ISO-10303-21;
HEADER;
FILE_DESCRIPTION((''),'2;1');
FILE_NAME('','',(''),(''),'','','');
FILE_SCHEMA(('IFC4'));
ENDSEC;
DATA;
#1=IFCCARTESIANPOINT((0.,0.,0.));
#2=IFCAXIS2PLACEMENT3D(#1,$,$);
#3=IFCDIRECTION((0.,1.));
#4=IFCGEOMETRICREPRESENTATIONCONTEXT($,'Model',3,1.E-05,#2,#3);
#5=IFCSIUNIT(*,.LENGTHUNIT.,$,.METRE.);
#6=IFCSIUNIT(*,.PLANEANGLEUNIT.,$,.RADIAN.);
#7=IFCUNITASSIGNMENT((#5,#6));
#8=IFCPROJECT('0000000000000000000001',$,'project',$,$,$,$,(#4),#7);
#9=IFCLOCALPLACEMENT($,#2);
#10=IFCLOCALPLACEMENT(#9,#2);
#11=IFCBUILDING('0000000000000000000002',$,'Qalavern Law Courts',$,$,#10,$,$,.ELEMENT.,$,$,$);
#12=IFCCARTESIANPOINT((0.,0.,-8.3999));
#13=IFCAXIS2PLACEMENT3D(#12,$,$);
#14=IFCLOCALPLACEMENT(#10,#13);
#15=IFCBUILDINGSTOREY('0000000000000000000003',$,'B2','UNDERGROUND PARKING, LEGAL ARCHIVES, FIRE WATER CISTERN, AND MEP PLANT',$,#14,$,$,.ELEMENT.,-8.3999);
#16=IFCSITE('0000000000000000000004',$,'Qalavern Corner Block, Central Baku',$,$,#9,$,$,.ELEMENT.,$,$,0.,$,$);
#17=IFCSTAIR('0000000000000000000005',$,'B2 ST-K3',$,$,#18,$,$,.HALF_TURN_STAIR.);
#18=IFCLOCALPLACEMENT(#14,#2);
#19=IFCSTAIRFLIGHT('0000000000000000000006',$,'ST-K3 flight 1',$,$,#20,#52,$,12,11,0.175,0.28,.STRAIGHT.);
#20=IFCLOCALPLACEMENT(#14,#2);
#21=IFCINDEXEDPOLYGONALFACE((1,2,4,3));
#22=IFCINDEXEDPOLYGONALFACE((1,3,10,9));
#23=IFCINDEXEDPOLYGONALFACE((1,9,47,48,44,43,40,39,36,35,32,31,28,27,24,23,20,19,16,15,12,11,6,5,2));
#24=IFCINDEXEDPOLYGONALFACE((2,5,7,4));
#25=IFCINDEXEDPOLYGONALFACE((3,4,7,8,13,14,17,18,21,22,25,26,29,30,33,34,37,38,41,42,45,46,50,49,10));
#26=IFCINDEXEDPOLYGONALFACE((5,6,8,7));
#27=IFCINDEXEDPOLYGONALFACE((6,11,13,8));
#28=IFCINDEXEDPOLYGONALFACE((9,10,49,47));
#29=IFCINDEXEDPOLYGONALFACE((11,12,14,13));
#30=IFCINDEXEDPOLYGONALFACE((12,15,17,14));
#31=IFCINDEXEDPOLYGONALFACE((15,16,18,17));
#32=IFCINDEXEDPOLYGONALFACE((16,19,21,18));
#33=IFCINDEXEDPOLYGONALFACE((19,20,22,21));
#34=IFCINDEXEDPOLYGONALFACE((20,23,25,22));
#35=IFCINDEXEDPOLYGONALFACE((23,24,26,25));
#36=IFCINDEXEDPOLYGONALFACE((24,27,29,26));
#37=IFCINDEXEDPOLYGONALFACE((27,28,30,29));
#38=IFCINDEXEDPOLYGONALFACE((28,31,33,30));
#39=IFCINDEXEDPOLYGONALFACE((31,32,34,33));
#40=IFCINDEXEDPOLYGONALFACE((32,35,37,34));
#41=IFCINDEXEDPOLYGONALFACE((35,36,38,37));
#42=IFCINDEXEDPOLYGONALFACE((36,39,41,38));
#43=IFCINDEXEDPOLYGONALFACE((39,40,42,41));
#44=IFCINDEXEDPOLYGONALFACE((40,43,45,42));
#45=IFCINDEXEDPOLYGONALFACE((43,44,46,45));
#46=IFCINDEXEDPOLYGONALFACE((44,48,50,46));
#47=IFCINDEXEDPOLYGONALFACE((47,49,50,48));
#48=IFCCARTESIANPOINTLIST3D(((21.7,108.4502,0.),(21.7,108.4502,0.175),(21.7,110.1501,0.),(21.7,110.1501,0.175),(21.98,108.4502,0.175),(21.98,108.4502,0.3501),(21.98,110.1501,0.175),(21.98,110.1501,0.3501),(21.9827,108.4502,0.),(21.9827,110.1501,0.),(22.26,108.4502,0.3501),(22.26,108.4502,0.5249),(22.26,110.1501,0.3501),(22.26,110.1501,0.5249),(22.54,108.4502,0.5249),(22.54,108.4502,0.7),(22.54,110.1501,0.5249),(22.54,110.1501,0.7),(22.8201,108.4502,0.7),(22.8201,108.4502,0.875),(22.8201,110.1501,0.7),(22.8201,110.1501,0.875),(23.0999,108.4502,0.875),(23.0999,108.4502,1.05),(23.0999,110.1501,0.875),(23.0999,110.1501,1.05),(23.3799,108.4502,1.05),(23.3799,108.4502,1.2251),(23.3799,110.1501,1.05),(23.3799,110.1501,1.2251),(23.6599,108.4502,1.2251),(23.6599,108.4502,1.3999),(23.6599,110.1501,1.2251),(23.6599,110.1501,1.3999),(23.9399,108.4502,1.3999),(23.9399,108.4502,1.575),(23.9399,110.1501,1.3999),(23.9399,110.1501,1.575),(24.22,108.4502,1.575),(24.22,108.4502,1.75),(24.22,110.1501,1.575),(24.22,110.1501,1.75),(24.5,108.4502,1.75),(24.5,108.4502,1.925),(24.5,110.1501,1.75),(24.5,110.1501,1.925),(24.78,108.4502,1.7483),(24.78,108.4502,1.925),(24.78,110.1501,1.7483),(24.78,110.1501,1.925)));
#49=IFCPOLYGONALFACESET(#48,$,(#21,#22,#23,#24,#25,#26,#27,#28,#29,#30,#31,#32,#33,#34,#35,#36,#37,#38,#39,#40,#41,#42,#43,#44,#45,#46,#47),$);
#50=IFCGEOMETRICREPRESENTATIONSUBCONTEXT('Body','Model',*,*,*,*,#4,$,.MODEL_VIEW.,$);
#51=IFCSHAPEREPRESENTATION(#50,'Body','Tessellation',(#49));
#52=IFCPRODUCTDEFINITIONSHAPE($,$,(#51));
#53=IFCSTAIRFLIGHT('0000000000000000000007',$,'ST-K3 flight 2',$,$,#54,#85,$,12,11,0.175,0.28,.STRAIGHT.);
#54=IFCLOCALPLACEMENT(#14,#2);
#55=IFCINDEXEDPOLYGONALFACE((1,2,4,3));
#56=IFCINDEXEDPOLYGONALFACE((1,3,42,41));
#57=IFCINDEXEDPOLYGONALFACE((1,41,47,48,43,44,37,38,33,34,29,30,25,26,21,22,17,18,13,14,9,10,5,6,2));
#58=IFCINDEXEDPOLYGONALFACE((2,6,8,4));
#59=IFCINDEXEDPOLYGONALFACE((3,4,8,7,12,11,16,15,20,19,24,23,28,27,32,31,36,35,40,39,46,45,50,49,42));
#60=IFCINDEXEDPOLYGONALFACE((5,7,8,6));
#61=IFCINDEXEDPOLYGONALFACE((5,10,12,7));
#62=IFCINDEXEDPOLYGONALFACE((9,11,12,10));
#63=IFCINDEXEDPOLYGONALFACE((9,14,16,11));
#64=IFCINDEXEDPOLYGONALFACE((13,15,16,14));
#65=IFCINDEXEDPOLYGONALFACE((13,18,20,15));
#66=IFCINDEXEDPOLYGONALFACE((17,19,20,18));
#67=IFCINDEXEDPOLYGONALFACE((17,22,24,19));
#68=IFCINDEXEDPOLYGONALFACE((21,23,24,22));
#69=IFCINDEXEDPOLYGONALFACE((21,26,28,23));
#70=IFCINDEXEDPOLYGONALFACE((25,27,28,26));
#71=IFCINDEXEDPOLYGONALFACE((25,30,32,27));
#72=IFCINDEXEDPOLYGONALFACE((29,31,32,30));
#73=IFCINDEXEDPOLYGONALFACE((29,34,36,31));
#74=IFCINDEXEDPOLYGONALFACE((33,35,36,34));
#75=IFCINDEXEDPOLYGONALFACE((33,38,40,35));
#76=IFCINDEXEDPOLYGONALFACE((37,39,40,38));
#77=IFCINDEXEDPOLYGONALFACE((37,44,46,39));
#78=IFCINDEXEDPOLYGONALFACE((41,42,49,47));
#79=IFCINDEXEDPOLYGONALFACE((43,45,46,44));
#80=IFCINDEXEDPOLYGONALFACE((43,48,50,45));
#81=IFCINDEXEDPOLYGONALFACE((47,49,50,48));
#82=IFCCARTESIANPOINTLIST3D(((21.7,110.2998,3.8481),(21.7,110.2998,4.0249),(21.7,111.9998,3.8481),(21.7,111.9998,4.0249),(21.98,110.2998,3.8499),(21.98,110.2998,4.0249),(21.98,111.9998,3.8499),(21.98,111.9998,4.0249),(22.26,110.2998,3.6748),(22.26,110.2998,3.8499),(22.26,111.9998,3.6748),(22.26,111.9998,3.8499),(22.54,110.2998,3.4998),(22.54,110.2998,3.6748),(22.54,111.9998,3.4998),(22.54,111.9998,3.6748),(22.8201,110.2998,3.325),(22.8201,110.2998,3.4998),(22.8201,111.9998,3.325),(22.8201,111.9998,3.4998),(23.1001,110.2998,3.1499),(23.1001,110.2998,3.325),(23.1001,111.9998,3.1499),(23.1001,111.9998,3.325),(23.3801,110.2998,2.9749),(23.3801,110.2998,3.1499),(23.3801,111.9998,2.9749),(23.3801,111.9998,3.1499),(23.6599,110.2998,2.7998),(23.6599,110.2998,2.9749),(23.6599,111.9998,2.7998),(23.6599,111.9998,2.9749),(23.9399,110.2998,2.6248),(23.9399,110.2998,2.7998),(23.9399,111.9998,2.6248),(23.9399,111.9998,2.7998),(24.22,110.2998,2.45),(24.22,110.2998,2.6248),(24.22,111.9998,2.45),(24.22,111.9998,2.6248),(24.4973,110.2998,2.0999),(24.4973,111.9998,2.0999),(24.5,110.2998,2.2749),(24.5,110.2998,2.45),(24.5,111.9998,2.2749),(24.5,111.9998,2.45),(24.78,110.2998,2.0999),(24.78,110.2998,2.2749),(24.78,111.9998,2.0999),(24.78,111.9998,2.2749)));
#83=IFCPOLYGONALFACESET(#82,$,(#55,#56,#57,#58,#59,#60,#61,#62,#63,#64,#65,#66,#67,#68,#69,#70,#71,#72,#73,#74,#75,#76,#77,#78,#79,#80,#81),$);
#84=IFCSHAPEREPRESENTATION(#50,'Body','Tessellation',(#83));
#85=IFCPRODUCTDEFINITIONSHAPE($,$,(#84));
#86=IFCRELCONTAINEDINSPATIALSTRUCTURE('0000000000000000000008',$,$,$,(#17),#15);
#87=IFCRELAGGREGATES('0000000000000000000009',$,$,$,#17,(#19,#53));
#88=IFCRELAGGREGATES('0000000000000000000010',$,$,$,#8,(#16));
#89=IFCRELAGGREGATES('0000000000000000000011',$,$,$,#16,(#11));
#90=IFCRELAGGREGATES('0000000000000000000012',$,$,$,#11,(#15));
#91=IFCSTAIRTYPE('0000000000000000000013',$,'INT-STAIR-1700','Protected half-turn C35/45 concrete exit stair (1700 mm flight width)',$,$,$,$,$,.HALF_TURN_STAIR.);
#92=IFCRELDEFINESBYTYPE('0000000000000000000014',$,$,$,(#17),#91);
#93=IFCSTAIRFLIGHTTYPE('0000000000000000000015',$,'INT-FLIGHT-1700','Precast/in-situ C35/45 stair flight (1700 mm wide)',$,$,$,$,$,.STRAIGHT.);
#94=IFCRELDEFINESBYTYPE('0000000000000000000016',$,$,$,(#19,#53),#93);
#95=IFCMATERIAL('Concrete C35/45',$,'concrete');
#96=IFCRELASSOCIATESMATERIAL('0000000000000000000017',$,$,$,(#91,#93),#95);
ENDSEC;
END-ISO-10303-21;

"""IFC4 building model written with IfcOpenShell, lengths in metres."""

from ifc_helpers import new_model, si_unit, direction, frame, origin, place, context, subcontext, project, spatial, polyline, outline, extrude, material, type_object, element, aggregate, save


model = new_model("IFC4")

# Units and contexts
model_context = context("Model", 3, precision=1e-05, world=origin(), true_north=direction((0.0, 1.0)))
body_context = subcontext(model_context, "Body", "Model", "MODEL_VIEW")
ifc_project = project(units=[si_unit("LENGTHUNIT", "METRE"), si_unit("PLANEANGLEUNIT", "RADIAN")], contexts=[model_context])

# Site, building, storey
site_placement = place(None, origin())
site = spatial("IfcSite", under=ifc_project, at=site_placement, Name="Qalavern Corner Block, Central Baku", CompositionType="ELEMENT", RefElevation=0.0)
building_placement = place(site_placement, origin())
building = spatial("IfcBuilding", under=site, at=building_placement, Name="Qalavern Law Courts", CompositionType="ELEMENT")
storey_placement = place(building_placement, frame((0.0, 0.0, -8.3999)))
storey = spatial("IfcBuildingStorey", under=building, at=storey_placement, Name="B2", Description="UNDERGROUND PARKING, LEGAL ARCHIVES, FIRE WATER CISTERN, AND MEP PLANT", CompositionType="ELEMENT", Elevation=-8.3999)

# Shared definitions
ifc_material_1 = material(Name="Concrete C35/45", Category="concrete")

# Stair, stair flights
stair_type = type_object("IfcStairType", Name="INT-STAIR-1700", Description="Protected half-turn C35/45 concrete exit stair (1700 mm flight width)", PredefinedType="HALF_TURN_STAIR", material=ifc_material_1)
stair_placement = place(storey_placement, origin())
stair = element("IfcStair", 1, at=stair_placement, inside=storey, type_object=stair_type, Name="B2 ST-K3", PredefinedType="HALF_TURN_STAIR")
stair_flight_type = type_object("IfcStairFlightType", Name="INT-FLIGHT-1700", Description="Precast/in-situ C35/45 stair flight (1700 mm wide)", PredefinedType="STRAIGHT", material=ifc_material_1)
stair_flight_1_placement = place(storey_placement, frame((21.7, 109.3, 0.0), z_axis=(0.0, 0.0, 1.0), x_axis=(1.0, 0.0, 0.0)))
stair_flight_1 = element("IfcStairFlight", 2, at=stair_flight_1_placement, type_object=stair_flight_type, Name="ST-K3 flight 1", NumberOfRisers=12, NumberOfTreads=11, PredefinedType="STRAIGHT", RiserHeight=0.175, TreadLength=0.28, context=body_context, shape_type="SweptSolid", body=[
    extrude(outline(polyline([(0.0, 0.0), (0.0, 0.175), (0.28, 0.175), (0.28, 0.3501), (0.5601, 0.3501), (0.5601, 0.5249), (0.8401, 0.5249), (0.8401, 0.7), (1.1201, 0.7), (1.1201, 0.875), (1.3999, 0.875), (1.3999, 1.05), (1.6799, 1.05), (1.6799, 1.2251), (1.96, 1.2251), (1.96, 1.3999), (2.24, 1.3999), (2.24, 1.575), (2.52, 1.575), (2.52, 1.75), (2.8, 1.75), (2.8, 1.925), (3.0801, 1.925), (3.0801, 2.1001), (3.0801, 1.7483), (0.2827, 0.0), (0.0, 0.0)])), frame((0.0, 0.8501, 0.0), z_axis=(0.0, -1.0, 0.0), x_axis=(1.0, 0.0, 0.0)), (0.0, 0.0, 1.0), 1.7),
])
stair_flight_2_placement = place(storey_placement, frame((24.78, 111.1499, 2.0999), z_axis=(0.0, 0.0, 1.0), x_axis=(-1.0, 0.0, 0.0)))
stair_flight_2 = element("IfcStairFlight", 3, at=stair_flight_2_placement, type_object=stair_flight_type, Name="ST-K3 flight 2", NumberOfRisers=12, NumberOfTreads=11, PredefinedType="STRAIGHT", RiserHeight=0.175, TreadLength=0.28, context=body_context, shape_type="SweptSolid", body=[
    extrude(outline(polyline([(0.0, 0.0), (0.0, 0.175), (0.28, 0.175), (0.28, 0.3501), (0.5601, 0.3501), (0.5601, 0.5249), (0.8401, 0.5249), (0.8401, 0.7), (1.1201, 0.7), (1.1201, 0.875), (1.3999, 0.875), (1.3999, 1.05), (1.6799, 1.05), (1.6799, 1.2251), (1.96, 1.2251), (1.96, 1.3999), (2.24, 1.3999), (2.24, 1.575), (2.52, 1.575), (2.52, 1.75), (2.8, 1.75), (2.8, 1.925), (3.0801, 1.925), (3.0801, 2.1001), (3.0801, 1.7483), (0.2827, 0.0), (0.0, 0.0)])), frame((0.0, 0.8501, 0.0), z_axis=(0.0, -1.0, 0.0), x_axis=(1.0, 0.0, 0.0)), (0.0, 0.0, 1.0), 1.7),
])
aggregate(stair, [stair_flight_1, stair_flight_2])

save(model, "model.ifc")
